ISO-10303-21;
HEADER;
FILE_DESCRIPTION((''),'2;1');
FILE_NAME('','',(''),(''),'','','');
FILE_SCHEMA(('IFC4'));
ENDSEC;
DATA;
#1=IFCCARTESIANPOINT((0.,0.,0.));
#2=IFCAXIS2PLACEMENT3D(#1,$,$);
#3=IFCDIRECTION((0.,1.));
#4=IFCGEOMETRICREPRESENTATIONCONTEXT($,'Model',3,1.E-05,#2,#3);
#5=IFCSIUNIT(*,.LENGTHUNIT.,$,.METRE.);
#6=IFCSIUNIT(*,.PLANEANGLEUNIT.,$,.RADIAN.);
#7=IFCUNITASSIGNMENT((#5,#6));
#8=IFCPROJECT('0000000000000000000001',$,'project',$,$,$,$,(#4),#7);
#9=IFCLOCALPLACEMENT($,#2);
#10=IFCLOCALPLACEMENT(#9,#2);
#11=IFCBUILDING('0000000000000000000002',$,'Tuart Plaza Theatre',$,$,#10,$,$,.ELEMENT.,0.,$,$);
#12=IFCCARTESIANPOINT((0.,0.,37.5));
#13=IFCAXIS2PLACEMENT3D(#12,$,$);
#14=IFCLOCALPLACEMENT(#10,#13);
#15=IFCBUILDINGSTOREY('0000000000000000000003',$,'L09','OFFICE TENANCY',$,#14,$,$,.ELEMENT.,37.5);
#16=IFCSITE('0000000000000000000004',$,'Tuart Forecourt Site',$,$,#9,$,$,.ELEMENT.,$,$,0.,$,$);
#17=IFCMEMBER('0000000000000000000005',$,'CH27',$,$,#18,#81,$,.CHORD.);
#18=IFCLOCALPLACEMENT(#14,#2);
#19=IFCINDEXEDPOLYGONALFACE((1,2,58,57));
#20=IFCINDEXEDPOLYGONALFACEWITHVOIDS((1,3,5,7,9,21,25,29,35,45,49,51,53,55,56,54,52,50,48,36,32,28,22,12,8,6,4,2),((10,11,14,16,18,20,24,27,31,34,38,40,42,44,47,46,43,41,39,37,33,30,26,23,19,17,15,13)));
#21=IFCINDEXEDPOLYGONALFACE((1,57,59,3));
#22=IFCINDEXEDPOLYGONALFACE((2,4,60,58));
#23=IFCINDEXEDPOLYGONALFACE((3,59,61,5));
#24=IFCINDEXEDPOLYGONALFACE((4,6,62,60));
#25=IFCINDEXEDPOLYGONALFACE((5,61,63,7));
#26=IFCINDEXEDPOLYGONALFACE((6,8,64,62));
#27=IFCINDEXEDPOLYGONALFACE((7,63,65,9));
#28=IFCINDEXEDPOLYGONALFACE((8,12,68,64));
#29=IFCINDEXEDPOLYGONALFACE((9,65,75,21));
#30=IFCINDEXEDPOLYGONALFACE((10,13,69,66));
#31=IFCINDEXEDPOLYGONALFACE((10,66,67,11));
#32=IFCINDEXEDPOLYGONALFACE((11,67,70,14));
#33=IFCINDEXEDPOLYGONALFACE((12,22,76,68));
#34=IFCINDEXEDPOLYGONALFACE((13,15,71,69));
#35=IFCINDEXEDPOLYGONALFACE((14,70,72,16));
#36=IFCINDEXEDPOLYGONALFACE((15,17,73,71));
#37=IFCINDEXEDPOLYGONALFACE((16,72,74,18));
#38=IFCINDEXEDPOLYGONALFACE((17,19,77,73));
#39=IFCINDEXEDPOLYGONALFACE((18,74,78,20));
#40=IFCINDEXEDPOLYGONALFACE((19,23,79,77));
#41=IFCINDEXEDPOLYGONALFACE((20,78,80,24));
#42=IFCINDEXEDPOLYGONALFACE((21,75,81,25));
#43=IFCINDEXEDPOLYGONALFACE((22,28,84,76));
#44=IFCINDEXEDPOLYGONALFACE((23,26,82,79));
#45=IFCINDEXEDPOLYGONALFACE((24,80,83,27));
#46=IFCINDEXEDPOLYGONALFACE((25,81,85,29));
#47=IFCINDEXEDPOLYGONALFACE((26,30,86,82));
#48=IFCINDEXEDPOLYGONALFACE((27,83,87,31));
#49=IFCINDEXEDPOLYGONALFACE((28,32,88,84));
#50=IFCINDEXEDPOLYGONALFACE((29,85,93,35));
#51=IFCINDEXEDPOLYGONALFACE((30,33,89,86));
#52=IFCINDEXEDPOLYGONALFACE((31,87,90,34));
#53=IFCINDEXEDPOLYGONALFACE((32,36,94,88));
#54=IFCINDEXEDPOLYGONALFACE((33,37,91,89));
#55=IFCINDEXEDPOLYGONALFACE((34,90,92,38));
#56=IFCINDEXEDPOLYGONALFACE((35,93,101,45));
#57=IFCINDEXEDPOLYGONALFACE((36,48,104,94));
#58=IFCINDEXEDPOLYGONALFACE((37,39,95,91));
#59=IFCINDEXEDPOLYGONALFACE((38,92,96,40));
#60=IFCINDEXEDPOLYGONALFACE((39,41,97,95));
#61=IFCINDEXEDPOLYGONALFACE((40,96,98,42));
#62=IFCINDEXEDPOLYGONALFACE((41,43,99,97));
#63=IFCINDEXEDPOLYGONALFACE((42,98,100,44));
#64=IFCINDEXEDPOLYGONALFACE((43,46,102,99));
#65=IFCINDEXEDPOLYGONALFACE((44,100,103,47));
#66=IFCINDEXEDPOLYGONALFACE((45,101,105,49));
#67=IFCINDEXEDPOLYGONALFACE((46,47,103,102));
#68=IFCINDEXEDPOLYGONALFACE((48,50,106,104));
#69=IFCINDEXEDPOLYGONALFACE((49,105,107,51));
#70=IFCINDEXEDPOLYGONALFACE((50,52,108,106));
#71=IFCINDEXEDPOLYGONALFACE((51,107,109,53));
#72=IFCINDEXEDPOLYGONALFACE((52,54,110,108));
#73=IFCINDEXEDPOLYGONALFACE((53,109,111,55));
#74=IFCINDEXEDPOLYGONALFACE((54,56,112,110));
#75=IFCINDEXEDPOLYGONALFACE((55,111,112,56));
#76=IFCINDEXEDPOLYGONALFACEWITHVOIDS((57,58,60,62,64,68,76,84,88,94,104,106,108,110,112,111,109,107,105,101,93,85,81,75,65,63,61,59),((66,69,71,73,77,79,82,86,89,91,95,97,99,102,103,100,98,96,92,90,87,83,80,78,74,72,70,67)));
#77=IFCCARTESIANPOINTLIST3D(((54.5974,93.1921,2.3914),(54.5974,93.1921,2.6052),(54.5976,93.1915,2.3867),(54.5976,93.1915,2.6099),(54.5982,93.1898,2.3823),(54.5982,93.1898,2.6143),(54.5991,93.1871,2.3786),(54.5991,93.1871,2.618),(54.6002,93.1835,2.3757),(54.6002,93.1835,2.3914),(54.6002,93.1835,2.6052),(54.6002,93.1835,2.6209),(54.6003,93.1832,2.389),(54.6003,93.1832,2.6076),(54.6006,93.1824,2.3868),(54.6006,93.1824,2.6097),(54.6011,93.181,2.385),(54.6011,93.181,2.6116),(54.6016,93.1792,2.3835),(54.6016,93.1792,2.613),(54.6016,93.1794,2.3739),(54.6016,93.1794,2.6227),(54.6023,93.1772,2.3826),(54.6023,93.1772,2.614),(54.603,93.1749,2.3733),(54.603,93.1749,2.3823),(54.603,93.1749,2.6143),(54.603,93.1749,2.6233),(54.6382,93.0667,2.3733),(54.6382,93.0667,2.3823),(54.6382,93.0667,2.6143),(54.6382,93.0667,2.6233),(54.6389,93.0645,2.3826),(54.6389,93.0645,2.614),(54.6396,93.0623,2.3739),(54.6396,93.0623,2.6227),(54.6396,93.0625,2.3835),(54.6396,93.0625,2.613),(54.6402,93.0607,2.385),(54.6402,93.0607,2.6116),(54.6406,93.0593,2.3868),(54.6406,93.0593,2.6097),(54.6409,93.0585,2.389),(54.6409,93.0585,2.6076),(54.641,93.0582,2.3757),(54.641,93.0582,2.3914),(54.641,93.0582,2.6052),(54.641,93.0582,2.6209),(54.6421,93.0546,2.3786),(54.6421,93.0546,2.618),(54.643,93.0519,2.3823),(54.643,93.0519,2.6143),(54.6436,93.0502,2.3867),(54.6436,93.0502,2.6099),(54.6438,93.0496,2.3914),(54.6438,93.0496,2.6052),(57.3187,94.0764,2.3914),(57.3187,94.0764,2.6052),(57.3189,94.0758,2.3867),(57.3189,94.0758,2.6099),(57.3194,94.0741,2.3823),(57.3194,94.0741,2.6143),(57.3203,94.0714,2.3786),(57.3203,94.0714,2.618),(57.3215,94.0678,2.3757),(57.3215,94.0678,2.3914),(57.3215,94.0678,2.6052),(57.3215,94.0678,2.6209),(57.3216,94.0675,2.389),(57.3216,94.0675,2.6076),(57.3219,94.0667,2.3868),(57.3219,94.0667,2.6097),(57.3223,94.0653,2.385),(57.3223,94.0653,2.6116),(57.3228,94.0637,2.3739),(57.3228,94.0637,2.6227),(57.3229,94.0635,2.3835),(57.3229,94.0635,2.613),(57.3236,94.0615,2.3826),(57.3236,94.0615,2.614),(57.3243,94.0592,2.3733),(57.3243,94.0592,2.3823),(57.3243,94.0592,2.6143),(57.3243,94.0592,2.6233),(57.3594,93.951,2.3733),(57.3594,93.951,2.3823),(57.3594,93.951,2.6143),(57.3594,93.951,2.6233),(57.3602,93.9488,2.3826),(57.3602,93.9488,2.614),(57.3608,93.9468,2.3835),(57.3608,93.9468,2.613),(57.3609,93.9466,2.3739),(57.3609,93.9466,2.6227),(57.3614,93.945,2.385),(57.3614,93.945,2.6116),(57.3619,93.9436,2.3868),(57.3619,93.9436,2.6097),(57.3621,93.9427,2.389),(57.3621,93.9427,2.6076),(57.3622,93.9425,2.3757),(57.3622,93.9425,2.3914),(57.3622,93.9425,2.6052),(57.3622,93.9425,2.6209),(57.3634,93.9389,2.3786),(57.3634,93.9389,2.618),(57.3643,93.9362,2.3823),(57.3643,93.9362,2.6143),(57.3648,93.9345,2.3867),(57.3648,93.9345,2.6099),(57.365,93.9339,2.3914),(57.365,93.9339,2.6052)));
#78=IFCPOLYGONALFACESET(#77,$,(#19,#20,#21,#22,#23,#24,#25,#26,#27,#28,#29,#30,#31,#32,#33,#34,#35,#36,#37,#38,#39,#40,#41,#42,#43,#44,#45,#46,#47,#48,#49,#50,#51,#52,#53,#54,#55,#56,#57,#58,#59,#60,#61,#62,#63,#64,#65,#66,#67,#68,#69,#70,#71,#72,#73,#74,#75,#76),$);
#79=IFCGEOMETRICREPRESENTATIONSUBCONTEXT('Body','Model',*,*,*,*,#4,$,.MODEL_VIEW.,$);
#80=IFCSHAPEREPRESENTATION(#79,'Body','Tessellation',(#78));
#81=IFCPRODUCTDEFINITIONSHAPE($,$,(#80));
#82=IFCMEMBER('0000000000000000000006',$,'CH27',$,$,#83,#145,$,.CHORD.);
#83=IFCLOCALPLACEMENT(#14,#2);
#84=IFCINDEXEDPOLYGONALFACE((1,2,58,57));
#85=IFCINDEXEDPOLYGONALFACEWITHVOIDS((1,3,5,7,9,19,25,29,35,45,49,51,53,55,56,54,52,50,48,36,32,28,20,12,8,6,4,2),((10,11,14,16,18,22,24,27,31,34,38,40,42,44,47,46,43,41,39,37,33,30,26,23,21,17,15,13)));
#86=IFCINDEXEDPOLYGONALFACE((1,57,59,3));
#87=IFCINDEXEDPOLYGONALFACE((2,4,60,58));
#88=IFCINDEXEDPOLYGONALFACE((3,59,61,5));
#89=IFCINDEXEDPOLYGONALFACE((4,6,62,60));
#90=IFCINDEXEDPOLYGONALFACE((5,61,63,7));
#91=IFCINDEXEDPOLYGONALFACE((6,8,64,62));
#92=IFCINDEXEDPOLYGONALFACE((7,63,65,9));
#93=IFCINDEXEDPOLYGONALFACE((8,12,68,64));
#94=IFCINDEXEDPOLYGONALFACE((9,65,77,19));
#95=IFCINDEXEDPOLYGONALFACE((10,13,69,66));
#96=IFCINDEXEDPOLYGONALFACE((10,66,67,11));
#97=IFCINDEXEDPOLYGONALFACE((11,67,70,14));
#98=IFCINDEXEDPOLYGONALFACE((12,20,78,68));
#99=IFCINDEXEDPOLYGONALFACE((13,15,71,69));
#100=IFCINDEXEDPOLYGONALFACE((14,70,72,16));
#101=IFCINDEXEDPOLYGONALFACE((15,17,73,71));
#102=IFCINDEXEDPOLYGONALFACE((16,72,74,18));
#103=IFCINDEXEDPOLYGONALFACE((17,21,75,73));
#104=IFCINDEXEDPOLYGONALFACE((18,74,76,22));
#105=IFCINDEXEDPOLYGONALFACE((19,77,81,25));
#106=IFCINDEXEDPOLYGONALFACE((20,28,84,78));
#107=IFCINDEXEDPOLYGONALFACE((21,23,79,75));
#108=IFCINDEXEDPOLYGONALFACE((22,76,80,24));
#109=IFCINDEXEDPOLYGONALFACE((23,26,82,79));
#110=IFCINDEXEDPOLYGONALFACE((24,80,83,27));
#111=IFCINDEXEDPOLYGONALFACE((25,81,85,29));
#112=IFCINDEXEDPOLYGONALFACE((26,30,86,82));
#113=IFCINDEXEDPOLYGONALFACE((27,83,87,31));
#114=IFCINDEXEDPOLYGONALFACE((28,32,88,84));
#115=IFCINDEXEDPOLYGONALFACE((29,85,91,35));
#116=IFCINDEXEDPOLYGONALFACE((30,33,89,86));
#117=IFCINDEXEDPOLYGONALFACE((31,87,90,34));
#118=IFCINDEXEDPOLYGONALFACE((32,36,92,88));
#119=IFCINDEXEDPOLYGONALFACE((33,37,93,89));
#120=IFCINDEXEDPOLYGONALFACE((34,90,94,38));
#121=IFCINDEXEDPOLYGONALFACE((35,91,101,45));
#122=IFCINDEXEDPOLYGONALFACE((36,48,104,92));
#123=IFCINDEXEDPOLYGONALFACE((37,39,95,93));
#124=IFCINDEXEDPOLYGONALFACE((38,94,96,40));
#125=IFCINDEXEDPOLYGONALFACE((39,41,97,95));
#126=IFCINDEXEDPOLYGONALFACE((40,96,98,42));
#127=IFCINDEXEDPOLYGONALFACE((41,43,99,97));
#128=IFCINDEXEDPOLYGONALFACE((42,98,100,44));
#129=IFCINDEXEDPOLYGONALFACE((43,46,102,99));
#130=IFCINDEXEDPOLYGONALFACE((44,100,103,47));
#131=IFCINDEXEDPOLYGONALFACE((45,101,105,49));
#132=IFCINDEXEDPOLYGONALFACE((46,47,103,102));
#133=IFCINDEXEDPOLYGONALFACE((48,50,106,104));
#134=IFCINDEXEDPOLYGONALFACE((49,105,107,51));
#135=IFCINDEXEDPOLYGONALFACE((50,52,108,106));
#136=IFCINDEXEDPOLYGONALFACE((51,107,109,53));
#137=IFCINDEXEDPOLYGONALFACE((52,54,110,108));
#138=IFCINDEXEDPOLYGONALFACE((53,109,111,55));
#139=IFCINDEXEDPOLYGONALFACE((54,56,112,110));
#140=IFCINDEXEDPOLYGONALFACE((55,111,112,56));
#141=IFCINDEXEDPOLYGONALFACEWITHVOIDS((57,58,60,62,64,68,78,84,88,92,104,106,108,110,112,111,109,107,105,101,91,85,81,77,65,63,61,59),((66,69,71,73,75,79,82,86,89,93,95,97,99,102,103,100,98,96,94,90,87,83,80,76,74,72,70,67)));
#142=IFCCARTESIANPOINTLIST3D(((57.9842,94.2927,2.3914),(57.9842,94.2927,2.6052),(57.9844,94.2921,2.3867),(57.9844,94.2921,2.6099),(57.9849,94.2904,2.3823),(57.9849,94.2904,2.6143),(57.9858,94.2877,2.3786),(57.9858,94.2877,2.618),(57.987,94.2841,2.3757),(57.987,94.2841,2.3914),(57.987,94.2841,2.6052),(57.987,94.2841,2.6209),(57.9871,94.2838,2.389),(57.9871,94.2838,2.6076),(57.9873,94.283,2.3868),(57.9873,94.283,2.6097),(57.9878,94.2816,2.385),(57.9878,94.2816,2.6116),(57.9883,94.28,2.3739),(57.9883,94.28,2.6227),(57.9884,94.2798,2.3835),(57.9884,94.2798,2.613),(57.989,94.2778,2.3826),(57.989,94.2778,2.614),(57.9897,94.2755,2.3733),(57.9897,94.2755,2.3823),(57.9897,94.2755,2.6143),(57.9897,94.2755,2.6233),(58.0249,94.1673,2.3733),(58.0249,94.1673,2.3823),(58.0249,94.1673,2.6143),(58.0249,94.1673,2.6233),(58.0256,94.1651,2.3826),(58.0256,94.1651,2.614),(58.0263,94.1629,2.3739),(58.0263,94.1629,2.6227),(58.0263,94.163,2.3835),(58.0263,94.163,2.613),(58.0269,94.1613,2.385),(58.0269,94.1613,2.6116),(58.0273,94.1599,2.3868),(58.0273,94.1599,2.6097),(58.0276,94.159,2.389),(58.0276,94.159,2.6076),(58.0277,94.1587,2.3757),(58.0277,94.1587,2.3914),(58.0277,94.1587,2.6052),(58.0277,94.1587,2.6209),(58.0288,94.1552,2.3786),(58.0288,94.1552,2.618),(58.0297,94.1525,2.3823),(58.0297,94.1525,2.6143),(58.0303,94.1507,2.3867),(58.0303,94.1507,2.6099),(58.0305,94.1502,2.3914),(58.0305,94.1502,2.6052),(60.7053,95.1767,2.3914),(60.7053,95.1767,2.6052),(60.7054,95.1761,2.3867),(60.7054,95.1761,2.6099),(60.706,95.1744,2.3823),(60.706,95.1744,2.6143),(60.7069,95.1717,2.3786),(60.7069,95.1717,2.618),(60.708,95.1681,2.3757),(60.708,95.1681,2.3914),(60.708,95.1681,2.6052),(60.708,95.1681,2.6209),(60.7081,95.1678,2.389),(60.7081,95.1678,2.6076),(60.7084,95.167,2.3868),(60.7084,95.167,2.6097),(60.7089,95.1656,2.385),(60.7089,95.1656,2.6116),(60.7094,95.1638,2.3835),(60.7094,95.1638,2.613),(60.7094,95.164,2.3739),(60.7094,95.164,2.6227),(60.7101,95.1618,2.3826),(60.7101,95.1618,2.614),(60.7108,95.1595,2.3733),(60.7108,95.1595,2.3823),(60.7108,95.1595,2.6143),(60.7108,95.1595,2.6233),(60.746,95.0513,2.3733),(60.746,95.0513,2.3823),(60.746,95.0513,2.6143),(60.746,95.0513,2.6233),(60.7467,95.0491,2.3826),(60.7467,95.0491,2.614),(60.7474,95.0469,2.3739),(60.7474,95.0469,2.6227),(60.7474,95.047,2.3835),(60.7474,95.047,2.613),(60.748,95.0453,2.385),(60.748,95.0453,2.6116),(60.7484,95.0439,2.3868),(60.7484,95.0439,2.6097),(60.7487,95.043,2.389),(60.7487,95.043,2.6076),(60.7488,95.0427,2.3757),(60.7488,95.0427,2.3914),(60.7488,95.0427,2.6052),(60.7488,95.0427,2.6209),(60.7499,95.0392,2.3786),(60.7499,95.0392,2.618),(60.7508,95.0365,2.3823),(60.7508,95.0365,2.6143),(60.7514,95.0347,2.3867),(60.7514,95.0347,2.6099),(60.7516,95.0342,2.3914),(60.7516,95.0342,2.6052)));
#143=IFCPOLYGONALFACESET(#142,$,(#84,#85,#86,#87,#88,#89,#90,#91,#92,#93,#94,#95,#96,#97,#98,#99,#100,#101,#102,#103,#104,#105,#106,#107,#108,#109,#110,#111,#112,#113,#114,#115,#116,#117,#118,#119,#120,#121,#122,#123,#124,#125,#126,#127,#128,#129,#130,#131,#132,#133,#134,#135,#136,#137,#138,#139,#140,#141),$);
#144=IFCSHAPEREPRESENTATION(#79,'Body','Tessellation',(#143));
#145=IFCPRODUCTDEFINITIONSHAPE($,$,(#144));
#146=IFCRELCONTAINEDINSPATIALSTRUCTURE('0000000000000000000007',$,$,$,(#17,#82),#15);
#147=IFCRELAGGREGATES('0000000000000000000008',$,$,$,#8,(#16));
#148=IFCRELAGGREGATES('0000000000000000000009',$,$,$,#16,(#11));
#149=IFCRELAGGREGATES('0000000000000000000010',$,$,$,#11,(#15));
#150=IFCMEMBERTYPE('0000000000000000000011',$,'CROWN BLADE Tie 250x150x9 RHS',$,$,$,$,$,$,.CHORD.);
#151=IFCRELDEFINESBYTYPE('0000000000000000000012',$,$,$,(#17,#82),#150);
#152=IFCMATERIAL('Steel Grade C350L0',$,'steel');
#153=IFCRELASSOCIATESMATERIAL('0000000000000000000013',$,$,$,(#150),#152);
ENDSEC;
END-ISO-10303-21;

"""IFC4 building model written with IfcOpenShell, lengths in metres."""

from ifc_helpers import new_model, si_unit, direction, frame, origin, origin_2d, place, context, subcontext, project, spatial, hollow_rectangle, extrude, material, material_profile, profile_set, type_object, element, save


model = new_model("IFC4")

# Units and contexts
model_context = context("Model", 3, precision=1e-05, world=origin(), true_north=direction((0.0, 1.0)))
body_context = subcontext(model_context, "Body", "Model", "MODEL_VIEW")
ifc_project = project(units=[si_unit("LENGTHUNIT", "METRE"), si_unit("PLANEANGLEUNIT", "RADIAN")], contexts=[model_context])

# Site, building, storey
site_placement = place(None, origin())
site = spatial("IfcSite", under=ifc_project, at=site_placement, Name="Tuart Forecourt Site", CompositionType="ELEMENT", RefElevation=0.0)
building_placement = place(site_placement, origin())
building = spatial("IfcBuilding", under=site, at=building_placement, Name="Tuart Plaza Theatre", CompositionType="ELEMENT", ElevationOfRefHeight=0.0)
storey_placement = place(building_placement, frame((0.0, 0.0, 37.5)))
storey = spatial("IfcBuildingStorey", under=building, at=storey_placement, Name="L09", Description="OFFICE TENANCY", CompositionType="ELEMENT", Elevation=37.5)

# Members
ifc_material_1 = material(Name="Steel Grade C350L0", Category="steel")
ifc_material_profile_1 = material_profile(ifc_material_1, hollow_rectangle(XDim=0.1499, YDim=0.25, WallThickness=0.009, InnerFilletRadius=0.009, OuterFilletRadius=0.0181, at=origin_2d()), Name="250x150x9 RHS")
ifc_profile_set_1 = profile_set([ifc_material_profile_1], Name="Steel Grade C350L0")
member_type_1 = type_object("IfcMemberType", Name="CROWN BLADE Tie 250x150x9 RHS", PredefinedType="CHORD", material=ifc_profile_set_1)
member_1_placement = place(storey_placement, frame((54.6206, 93.1208, 2.4983), z_axis=(0.951045, 0.309051, 0.0), x_axis=(-0.309051, 0.951045, 0.0)))
element("IfcMember", 1, at=member_1_placement, inside=storey, type_object=member_type_1, Name="CH27", PredefinedType="CHORD", context=body_context, shape_type="SweptSolid", body=[
    extrude(hollow_rectangle(XDim=0.1499, YDim=0.25, WallThickness=0.009, InnerFilletRadius=0.009, OuterFilletRadius=0.0181, at=origin_2d()), origin(), (0.0, 0.0, 1.0), 2.8613),
])
member_2_placement = place(storey_placement, frame((58.0073, 94.2214, 2.4983), z_axis=(0.95107, 0.308974, 0.0), x_axis=(-0.308974, 0.95107, 0.0)))
element("IfcMember", 2, at=member_2_placement, inside=storey, type_object=member_type_1, Name="CH27", PredefinedType="CHORD", context=body_context, shape_type="SweptSolid", body=[
    extrude(hollow_rectangle(XDim=0.1499, YDim=0.25, WallThickness=0.009, InnerFilletRadius=0.009, OuterFilletRadius=0.0181, at=origin_2d()), origin(), (0.0, 0.0, 1.0), 2.8611),
])

save(model, "model.ifc")
